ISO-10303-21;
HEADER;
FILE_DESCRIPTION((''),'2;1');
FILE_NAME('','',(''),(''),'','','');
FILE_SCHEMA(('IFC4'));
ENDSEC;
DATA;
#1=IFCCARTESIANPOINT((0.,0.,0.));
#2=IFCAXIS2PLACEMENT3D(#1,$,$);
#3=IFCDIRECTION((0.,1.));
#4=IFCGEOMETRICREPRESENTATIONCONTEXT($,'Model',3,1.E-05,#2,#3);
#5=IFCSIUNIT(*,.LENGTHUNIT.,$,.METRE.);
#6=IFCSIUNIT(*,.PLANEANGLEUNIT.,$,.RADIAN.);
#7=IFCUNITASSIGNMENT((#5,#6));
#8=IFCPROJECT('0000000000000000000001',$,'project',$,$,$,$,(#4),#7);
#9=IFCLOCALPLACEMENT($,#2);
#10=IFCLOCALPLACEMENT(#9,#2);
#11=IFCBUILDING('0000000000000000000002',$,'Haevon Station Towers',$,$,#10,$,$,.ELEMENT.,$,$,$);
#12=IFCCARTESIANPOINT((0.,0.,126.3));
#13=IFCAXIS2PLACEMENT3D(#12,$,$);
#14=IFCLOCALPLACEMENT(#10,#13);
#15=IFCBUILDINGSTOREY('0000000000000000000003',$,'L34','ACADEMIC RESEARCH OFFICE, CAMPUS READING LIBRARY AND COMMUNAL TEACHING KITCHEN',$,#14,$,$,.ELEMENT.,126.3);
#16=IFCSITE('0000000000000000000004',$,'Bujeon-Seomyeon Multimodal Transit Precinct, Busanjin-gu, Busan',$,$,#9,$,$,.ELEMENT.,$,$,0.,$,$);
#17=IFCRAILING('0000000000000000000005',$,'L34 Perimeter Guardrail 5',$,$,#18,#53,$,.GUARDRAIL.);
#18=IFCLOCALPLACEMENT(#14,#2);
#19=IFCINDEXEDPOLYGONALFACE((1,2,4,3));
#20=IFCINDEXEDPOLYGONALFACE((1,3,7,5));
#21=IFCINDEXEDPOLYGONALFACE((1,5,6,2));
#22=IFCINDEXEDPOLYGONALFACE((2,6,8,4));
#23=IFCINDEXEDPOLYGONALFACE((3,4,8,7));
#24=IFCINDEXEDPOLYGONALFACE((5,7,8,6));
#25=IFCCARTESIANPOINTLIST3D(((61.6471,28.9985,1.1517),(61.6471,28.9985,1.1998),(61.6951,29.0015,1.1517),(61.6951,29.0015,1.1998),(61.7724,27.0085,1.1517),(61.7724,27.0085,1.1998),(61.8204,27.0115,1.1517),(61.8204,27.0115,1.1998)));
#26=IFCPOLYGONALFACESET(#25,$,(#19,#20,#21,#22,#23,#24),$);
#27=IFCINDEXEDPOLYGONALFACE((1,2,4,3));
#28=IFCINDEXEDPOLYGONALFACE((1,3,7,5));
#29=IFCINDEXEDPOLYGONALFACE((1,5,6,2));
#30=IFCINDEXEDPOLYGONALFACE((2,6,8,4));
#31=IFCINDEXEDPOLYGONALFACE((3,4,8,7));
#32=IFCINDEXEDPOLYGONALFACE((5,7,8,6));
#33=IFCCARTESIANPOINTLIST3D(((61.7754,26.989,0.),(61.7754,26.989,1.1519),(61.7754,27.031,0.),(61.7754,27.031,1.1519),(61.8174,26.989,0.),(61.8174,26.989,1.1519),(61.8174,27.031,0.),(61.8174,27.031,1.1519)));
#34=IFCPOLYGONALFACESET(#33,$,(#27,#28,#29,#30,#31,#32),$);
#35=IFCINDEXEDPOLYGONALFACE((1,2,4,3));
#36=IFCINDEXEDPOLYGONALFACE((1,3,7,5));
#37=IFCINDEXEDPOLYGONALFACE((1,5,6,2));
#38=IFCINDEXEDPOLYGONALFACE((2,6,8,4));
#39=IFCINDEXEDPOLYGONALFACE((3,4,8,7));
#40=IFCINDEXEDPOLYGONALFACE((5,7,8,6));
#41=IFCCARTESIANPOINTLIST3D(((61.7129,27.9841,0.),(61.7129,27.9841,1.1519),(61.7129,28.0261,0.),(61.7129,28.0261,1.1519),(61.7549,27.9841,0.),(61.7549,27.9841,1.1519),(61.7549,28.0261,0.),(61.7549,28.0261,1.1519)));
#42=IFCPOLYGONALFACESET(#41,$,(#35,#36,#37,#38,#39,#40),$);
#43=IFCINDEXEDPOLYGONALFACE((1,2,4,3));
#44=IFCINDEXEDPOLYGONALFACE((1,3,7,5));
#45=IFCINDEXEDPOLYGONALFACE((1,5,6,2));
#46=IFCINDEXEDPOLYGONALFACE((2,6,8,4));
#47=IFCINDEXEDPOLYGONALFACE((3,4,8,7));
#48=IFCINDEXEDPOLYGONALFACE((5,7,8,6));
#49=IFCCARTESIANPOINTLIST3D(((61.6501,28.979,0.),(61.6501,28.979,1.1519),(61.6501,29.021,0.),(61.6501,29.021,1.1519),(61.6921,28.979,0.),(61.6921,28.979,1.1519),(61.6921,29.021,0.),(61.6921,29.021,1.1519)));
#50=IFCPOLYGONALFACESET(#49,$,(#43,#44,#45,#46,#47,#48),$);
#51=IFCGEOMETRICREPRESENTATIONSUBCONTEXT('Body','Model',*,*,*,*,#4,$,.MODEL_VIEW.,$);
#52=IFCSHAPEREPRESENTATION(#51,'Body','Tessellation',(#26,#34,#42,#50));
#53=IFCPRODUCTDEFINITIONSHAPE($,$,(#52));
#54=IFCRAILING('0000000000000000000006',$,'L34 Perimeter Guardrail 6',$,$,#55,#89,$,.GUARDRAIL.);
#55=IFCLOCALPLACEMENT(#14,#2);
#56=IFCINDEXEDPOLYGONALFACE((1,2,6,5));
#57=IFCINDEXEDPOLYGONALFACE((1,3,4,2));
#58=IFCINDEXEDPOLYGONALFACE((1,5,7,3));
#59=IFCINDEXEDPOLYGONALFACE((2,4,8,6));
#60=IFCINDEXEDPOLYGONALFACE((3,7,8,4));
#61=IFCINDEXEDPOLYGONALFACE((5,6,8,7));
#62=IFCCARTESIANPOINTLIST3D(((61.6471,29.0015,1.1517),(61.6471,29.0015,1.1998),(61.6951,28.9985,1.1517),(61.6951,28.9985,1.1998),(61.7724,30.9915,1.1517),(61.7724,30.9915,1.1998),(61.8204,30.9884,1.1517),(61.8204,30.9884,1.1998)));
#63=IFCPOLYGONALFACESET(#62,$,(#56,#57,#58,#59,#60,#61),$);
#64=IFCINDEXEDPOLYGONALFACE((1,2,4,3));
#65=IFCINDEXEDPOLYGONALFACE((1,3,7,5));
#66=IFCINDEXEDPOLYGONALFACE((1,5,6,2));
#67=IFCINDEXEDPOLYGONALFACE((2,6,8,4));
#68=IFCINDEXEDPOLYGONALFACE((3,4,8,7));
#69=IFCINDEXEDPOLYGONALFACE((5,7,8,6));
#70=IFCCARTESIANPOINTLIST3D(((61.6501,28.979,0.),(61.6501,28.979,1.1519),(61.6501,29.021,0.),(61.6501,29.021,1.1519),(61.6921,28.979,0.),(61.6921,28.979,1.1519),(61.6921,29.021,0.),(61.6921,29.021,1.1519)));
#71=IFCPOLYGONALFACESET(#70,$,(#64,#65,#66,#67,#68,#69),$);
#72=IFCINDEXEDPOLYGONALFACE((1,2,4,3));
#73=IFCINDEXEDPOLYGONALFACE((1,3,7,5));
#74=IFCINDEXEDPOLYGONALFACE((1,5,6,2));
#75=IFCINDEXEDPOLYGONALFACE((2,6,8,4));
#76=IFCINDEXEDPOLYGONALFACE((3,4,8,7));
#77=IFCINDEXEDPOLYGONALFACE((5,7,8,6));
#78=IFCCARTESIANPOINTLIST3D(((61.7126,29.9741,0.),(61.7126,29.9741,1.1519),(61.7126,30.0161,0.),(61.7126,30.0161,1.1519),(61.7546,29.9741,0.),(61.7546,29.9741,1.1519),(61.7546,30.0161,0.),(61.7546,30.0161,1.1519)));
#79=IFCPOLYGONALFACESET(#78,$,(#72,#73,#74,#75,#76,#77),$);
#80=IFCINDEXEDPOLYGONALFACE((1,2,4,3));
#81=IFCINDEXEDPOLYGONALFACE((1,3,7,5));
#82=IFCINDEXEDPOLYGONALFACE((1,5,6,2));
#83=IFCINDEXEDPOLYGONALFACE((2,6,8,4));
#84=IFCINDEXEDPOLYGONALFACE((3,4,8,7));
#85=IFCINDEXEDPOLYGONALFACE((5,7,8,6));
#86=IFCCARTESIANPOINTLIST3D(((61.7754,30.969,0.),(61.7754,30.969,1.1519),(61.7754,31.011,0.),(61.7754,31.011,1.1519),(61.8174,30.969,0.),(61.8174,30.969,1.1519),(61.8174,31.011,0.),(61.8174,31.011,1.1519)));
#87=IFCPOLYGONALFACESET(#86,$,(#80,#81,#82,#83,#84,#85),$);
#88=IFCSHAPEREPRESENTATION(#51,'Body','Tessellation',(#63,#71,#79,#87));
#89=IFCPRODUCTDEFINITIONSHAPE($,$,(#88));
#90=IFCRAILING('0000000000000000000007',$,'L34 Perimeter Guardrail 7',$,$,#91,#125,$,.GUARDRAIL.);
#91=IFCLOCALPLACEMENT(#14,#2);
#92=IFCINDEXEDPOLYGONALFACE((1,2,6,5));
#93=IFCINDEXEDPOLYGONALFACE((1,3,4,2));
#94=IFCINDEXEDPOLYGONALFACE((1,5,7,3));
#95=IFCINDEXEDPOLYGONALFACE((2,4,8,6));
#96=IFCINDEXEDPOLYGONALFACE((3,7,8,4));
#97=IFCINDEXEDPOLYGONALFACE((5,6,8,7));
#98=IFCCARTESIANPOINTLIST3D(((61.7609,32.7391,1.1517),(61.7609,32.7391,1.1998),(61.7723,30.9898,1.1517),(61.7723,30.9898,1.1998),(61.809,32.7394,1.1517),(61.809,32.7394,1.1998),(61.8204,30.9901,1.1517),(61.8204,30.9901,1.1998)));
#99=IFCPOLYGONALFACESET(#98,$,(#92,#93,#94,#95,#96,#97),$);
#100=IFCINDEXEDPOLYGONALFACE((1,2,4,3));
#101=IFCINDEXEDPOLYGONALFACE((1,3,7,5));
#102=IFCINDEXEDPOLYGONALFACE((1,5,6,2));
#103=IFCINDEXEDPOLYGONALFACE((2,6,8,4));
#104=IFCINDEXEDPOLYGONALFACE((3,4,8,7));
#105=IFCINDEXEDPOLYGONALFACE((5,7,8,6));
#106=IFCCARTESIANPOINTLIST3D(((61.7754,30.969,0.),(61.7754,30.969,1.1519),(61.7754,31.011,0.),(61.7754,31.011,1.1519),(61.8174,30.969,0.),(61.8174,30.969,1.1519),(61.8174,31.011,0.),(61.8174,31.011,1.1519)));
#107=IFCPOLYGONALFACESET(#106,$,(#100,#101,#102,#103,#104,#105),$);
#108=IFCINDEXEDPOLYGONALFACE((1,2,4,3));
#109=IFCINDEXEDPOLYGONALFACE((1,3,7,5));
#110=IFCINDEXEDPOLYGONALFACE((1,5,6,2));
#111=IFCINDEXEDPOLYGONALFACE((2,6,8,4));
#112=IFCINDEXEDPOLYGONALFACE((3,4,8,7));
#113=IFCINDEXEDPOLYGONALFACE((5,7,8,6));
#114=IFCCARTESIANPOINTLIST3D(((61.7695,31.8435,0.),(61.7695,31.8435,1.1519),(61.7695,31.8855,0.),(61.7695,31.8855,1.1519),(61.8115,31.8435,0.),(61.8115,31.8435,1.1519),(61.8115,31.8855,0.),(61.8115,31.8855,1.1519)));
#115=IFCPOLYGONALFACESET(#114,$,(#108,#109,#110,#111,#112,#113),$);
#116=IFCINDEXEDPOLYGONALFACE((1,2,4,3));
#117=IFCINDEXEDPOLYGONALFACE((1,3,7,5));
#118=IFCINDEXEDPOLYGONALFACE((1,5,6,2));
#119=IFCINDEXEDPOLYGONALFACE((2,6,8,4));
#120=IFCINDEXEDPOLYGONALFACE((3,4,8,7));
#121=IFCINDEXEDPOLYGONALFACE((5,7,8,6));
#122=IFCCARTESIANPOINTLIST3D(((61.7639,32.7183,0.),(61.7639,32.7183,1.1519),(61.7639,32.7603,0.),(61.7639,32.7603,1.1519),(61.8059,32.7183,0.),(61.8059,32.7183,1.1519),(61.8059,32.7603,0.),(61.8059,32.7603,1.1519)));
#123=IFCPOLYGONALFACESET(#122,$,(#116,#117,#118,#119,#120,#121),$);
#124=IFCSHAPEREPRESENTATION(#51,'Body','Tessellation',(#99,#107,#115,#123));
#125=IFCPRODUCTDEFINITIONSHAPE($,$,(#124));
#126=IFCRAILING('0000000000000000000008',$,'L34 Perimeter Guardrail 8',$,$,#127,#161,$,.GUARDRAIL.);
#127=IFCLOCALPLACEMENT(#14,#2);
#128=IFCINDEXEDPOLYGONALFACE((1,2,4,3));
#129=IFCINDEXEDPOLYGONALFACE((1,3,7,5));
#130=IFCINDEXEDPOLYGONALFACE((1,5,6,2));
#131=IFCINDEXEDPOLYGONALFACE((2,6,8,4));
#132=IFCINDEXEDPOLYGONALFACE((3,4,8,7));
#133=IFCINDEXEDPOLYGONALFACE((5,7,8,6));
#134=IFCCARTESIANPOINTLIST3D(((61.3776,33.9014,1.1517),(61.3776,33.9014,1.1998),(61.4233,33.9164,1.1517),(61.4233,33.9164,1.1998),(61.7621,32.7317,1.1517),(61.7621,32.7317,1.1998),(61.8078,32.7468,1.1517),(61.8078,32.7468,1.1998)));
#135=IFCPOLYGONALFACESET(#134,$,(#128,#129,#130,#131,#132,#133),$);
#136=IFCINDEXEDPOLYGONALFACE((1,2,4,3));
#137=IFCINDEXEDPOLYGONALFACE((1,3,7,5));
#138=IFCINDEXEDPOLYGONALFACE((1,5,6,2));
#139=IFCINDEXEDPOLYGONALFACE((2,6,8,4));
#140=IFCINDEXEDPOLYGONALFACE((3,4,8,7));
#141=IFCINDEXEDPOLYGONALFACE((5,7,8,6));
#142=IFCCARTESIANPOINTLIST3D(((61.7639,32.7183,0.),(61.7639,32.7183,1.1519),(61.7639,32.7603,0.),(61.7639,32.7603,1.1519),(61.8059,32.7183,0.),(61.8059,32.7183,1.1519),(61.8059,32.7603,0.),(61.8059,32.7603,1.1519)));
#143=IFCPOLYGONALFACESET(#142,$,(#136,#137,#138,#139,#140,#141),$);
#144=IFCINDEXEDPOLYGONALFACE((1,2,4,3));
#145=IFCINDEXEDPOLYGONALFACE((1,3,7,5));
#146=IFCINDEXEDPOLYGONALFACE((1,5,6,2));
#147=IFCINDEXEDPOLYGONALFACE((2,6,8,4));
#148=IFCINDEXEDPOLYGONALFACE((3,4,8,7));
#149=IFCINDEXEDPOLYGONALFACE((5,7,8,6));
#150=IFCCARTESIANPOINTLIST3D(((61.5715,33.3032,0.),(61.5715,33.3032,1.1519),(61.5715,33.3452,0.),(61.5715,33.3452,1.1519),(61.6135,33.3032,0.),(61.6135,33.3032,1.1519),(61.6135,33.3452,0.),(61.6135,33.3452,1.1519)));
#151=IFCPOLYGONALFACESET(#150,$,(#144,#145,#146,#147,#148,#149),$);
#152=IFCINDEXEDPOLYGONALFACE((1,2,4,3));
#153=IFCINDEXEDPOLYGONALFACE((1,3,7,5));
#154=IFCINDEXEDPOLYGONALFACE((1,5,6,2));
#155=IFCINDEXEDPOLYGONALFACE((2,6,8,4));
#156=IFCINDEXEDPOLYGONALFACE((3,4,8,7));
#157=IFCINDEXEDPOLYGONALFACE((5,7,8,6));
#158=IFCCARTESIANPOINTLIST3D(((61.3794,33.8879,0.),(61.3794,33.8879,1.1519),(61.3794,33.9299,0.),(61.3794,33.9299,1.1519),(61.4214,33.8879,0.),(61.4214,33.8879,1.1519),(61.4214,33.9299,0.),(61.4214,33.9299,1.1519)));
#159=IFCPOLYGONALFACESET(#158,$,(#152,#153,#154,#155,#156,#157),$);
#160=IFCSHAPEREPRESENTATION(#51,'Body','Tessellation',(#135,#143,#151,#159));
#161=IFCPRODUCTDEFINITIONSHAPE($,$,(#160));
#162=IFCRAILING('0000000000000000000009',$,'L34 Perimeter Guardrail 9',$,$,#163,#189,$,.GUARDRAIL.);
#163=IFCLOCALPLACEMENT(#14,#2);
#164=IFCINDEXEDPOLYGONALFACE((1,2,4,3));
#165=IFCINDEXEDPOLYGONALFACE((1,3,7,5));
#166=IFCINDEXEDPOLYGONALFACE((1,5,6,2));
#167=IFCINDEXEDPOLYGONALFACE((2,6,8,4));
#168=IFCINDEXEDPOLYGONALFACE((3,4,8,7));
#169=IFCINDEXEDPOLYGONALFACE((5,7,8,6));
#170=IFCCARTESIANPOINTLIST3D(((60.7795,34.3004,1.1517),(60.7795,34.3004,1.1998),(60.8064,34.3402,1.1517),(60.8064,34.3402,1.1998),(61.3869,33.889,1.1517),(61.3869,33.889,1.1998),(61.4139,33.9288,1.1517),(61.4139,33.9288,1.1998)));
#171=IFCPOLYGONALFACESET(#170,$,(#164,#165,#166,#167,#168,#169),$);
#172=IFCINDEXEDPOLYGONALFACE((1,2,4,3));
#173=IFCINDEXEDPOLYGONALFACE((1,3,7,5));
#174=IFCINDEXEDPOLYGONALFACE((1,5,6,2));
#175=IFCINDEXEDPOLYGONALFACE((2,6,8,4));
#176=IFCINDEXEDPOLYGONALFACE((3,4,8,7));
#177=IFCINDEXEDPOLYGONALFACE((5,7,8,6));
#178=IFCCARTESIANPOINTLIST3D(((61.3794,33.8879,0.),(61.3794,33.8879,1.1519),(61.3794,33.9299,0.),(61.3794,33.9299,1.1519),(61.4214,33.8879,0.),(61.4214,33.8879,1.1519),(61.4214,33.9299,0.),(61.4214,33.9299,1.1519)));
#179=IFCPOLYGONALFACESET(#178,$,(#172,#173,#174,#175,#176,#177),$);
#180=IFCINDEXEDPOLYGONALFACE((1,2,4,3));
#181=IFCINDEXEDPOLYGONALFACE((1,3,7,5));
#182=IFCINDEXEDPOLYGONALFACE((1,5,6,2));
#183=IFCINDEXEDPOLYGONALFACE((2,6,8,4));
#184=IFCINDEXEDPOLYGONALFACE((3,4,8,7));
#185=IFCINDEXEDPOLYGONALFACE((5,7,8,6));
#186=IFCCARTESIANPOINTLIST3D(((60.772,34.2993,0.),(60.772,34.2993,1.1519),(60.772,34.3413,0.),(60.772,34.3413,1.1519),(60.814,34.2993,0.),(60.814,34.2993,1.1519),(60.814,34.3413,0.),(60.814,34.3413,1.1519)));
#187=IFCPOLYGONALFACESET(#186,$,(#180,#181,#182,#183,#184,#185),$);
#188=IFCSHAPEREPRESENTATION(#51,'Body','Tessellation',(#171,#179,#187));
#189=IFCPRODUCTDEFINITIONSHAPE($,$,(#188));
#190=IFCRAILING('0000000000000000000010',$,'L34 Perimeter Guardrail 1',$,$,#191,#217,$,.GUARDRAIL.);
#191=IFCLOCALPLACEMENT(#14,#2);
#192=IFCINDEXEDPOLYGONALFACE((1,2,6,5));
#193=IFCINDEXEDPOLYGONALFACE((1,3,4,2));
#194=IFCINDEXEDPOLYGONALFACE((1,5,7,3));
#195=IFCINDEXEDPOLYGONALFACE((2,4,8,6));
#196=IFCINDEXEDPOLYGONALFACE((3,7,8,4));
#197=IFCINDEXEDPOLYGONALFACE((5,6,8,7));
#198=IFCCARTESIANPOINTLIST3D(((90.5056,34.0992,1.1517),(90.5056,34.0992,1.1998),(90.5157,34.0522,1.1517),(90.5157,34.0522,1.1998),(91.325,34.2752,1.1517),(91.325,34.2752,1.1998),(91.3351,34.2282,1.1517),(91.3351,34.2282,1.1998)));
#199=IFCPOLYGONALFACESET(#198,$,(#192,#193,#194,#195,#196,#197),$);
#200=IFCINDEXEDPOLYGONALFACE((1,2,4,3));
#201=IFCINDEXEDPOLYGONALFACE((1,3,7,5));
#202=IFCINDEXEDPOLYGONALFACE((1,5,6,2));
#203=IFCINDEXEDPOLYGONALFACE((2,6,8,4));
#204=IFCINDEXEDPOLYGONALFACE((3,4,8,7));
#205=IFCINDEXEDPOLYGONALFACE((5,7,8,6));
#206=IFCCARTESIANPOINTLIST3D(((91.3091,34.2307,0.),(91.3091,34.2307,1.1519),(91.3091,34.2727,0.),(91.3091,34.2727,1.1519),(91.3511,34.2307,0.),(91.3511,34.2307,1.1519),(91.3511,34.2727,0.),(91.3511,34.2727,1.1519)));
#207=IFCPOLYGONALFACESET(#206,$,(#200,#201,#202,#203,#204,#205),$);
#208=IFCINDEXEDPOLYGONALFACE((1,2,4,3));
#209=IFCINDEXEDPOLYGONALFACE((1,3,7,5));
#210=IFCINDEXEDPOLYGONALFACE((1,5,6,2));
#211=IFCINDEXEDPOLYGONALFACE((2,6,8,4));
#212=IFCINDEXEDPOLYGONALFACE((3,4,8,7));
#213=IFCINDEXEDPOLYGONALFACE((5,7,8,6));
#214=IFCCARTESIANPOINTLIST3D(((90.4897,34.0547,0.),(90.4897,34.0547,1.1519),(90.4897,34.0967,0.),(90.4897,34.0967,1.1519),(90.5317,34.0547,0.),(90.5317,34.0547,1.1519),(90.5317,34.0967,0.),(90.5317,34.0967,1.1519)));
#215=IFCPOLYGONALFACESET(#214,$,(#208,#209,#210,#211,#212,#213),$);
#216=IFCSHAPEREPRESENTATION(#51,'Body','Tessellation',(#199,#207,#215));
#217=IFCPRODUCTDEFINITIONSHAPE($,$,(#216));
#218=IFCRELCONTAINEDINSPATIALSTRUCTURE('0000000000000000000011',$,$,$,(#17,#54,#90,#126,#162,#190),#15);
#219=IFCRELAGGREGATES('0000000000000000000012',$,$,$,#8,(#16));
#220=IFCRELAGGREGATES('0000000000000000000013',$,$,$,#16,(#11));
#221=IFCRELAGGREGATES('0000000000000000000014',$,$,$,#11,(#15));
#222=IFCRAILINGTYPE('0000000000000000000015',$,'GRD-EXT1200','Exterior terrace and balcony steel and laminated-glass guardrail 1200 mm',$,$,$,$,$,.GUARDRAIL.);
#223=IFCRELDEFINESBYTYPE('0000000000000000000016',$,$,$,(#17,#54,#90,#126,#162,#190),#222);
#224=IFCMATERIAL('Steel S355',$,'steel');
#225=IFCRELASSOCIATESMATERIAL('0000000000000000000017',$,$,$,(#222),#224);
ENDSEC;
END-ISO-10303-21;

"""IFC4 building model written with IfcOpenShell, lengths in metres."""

from ifc_helpers import new_model, si_unit, direction, frame, origin, origin_2d, place, context, subcontext, project, spatial, rectangle, extrude, material, type_object, element, save


model = new_model("IFC4")

# Units and contexts
model_context = context("Model", 3, precision=1e-05, world=origin(), true_north=direction((0.0, 1.0)))
body_context = subcontext(model_context, "Body", "Model", "MODEL_VIEW")
ifc_project = project(units=[si_unit("LENGTHUNIT", "METRE"), si_unit("PLANEANGLEUNIT", "RADIAN")], contexts=[model_context])

# Site, building, storey
site_placement = place(None, origin())
site = spatial("IfcSite", under=ifc_project, at=site_placement, Name="Bujeon-Seomyeon Multimodal Transit Precinct, Busanjin-gu, Busan", CompositionType="ELEMENT", RefElevation=0.0)
building_placement = place(site_placement, origin())
building = spatial("IfcBuilding", under=site, at=building_placement, Name="Haevon Station Towers", CompositionType="ELEMENT")
storey_placement = place(building_placement, frame((0.0, 0.0, 126.3)))
storey = spatial("IfcBuildingStorey", under=building, at=storey_placement, Name="L34", Description="ACADEMIC RESEARCH OFFICE, CAMPUS READING LIBRARY AND COMMUNAL TEACHING KITCHEN", CompositionType="ELEMENT", Elevation=126.3)

# Shared definitions
ifc_material_1 = material(Name="Steel S355", Category="steel")

# Railings
railing_type = type_object("IfcRailingType", Name="GRD-EXT1200", Description="Exterior terrace and balcony steel and laminated-glass guardrail 1200 mm", PredefinedType="GUARDRAIL", material=ifc_material_1)
railing_1_placement = place(storey_placement, frame((61.7964, 27.01, 0.0)))
element("IfcRailing", 1, at=railing_1_placement, inside=storey, type_object=railing_type, Name="L34 Perimeter Guardrail 5", PredefinedType="GUARDRAIL", context=body_context, shape_type="SweptSolid", body=[
    extrude(rectangle(XDim=0.0481, YDim=0.0481, at=origin_2d()), frame((0.0, 0.0, 1.1758), z_axis=(-0.062813, 0.998025, 0.0), x_axis=(-0.998025, -0.062813, 0.0)), (0.0, 0.0, 1.0), 1.9939),
    extrude(rectangle(XDim=0.042, YDim=0.042, at=origin_2d()), origin(), (0.0, 0.0, 1.0), 1.1519),
    extrude(rectangle(XDim=0.042, YDim=0.042, at=origin_2d()), frame((-0.0625, 0.9951, 0.0)), (0.0, 0.0, 1.0), 1.1519),
    extrude(rectangle(XDim=0.042, YDim=0.042, at=origin_2d()), frame((-0.1252, 1.99, 0.0)), (0.0, 0.0, 1.0), 1.1519),
])
railing_2_placement = place(storey_placement, frame((61.6711, 29.0, 0.0)))
element("IfcRailing", 2, at=railing_2_placement, inside=storey, type_object=railing_type, Name="L34 Perimeter Guardrail 6", PredefinedType="GUARDRAIL", context=body_context, shape_type="SweptSolid", body=[
    extrude(rectangle(XDim=0.0481, YDim=0.0481, at=origin_2d()), frame((0.0, 0.0, 1.1758), z_axis=(0.062813, 0.998025, 0.0), x_axis=(-0.998025, 0.062813, 0.0)), (0.0, 0.0, 1.0), 1.9939),
    extrude(rectangle(XDim=0.042, YDim=0.042, at=origin_2d()), origin(), (0.0, 0.0, 1.0), 1.1519),
    extrude(rectangle(XDim=0.042, YDim=0.042, at=origin_2d()), frame((0.0625, 0.9951, 0.0)), (0.0, 0.0, 1.0), 1.1519),
    extrude(rectangle(XDim=0.042, YDim=0.042, at=origin_2d()), frame((0.1252, 1.99, 0.0)), (0.0, 0.0, 1.0), 1.1519),
])
railing_3_placement = place(storey_placement, frame((61.7964, 30.99, 0.0)))
element("IfcRailing", 3, at=railing_3_placement, inside=storey, type_object=railing_type, Name="L34 Perimeter Guardrail 7", PredefinedType="GUARDRAIL", context=body_context, shape_type="SweptSolid", body=[
    extrude(rectangle(XDim=0.0481, YDim=0.0481, at=origin_2d()), frame((0.0, 0.0, 1.1758), z_axis=(-0.00656, 0.999978, 0.0), x_axis=(-0.999978, -0.00656, 0.0)), (0.0, 0.0, 1.0), 1.7493),
    extrude(rectangle(XDim=0.042, YDim=0.042, at=origin_2d()), origin(), (0.0, 0.0, 1.0), 1.1519),
    extrude(rectangle(XDim=0.042, YDim=0.042, at=origin_2d()), frame((-0.0059, 0.8745, 0.0)), (0.0, 0.0, 1.0), 1.1519),
    extrude(rectangle(XDim=0.042, YDim=0.042, at=origin_2d()), frame((-0.0115, 1.7493, 0.0)), (0.0, 0.0, 1.0), 1.1519),
])
railing_4_placement = place(storey_placement, frame((61.7849, 32.7393, 0.0)))
element("IfcRailing", 4, at=railing_4_placement, inside=storey, type_object=railing_type, Name="L34 Perimeter Guardrail 8", PredefinedType="GUARDRAIL", context=body_context, shape_type="SweptSolid", body=[
    extrude(rectangle(XDim=0.0481, YDim=0.0481, at=origin_2d()), frame((0.0, 0.0, 1.1758), z_axis=(-0.312299, 0.949984, 0.0), x_axis=(-0.949984, -0.312299, 0.0)), (0.0, 0.0, 1.0), 1.2312),
    extrude(rectangle(XDim=0.042, YDim=0.042, at=origin_2d()), origin(), (0.0, 0.0, 1.0), 1.1519),
    extrude(rectangle(XDim=0.042, YDim=0.042, at=origin_2d()), frame((-0.1924, 0.585, 0.0)), (0.0, 0.0, 1.0), 1.1519),
    extrude(rectangle(XDim=0.042, YDim=0.042, at=origin_2d()), frame((-0.3845, 1.1697, 0.0)), (0.0, 0.0, 1.0), 1.1519),
])
railing_5_placement = place(storey_placement, frame((61.4004, 33.9089, 0.0)))
element("IfcRailing", 5, at=railing_5_placement, inside=storey, type_object=railing_type, Name="L34 Perimeter Guardrail 9", PredefinedType="GUARDRAIL", context=body_context, shape_type="SweptSolid", body=[
    extrude(rectangle(XDim=0.0481, YDim=0.0481, at=origin_2d()), frame((0.0, 0.0, 1.1758), z_axis=(-0.827983, 0.560752, 0.0), x_axis=(-0.560752, -0.827983, 0.0)), (0.0, 0.0, 1.0), 0.7336),
    extrude(rectangle(XDim=0.042, YDim=0.042, at=origin_2d()), origin(), (0.0, 0.0, 1.0), 1.1519),
    extrude(rectangle(XDim=0.042, YDim=0.042, at=origin_2d()), frame((-0.6074, 0.4114, 0.0)), (0.0, 0.0, 1.0), 1.1519),
])
railing_6_placement = place(storey_placement, frame((91.3301, 34.2517, 0.0)))
element("IfcRailing", 6, at=railing_6_placement, inside=storey, type_object=railing_type, Name="L34 Perimeter Guardrail 1", PredefinedType="GUARDRAIL", context=body_context, shape_type="SweptSolid", body=[
    extrude(rectangle(XDim=0.0481, YDim=0.0481, at=origin_2d()), frame((0.0, 0.0, 1.1758), z_axis=(-0.977691, -0.210046, 0.0), x_axis=(0.210046, -0.977691, 0.0)), (0.0, 0.0, 1.0), 0.8381),
    extrude(rectangle(XDim=0.042, YDim=0.042, at=origin_2d()), origin(), (0.0, 0.0, 1.0), 1.1519),
    extrude(rectangle(XDim=0.042, YDim=0.042, at=origin_2d()), frame((-0.8193, -0.176, 0.0)), (0.0, 0.0, 1.0), 1.1519),
])

save(model, "model.ifc")
